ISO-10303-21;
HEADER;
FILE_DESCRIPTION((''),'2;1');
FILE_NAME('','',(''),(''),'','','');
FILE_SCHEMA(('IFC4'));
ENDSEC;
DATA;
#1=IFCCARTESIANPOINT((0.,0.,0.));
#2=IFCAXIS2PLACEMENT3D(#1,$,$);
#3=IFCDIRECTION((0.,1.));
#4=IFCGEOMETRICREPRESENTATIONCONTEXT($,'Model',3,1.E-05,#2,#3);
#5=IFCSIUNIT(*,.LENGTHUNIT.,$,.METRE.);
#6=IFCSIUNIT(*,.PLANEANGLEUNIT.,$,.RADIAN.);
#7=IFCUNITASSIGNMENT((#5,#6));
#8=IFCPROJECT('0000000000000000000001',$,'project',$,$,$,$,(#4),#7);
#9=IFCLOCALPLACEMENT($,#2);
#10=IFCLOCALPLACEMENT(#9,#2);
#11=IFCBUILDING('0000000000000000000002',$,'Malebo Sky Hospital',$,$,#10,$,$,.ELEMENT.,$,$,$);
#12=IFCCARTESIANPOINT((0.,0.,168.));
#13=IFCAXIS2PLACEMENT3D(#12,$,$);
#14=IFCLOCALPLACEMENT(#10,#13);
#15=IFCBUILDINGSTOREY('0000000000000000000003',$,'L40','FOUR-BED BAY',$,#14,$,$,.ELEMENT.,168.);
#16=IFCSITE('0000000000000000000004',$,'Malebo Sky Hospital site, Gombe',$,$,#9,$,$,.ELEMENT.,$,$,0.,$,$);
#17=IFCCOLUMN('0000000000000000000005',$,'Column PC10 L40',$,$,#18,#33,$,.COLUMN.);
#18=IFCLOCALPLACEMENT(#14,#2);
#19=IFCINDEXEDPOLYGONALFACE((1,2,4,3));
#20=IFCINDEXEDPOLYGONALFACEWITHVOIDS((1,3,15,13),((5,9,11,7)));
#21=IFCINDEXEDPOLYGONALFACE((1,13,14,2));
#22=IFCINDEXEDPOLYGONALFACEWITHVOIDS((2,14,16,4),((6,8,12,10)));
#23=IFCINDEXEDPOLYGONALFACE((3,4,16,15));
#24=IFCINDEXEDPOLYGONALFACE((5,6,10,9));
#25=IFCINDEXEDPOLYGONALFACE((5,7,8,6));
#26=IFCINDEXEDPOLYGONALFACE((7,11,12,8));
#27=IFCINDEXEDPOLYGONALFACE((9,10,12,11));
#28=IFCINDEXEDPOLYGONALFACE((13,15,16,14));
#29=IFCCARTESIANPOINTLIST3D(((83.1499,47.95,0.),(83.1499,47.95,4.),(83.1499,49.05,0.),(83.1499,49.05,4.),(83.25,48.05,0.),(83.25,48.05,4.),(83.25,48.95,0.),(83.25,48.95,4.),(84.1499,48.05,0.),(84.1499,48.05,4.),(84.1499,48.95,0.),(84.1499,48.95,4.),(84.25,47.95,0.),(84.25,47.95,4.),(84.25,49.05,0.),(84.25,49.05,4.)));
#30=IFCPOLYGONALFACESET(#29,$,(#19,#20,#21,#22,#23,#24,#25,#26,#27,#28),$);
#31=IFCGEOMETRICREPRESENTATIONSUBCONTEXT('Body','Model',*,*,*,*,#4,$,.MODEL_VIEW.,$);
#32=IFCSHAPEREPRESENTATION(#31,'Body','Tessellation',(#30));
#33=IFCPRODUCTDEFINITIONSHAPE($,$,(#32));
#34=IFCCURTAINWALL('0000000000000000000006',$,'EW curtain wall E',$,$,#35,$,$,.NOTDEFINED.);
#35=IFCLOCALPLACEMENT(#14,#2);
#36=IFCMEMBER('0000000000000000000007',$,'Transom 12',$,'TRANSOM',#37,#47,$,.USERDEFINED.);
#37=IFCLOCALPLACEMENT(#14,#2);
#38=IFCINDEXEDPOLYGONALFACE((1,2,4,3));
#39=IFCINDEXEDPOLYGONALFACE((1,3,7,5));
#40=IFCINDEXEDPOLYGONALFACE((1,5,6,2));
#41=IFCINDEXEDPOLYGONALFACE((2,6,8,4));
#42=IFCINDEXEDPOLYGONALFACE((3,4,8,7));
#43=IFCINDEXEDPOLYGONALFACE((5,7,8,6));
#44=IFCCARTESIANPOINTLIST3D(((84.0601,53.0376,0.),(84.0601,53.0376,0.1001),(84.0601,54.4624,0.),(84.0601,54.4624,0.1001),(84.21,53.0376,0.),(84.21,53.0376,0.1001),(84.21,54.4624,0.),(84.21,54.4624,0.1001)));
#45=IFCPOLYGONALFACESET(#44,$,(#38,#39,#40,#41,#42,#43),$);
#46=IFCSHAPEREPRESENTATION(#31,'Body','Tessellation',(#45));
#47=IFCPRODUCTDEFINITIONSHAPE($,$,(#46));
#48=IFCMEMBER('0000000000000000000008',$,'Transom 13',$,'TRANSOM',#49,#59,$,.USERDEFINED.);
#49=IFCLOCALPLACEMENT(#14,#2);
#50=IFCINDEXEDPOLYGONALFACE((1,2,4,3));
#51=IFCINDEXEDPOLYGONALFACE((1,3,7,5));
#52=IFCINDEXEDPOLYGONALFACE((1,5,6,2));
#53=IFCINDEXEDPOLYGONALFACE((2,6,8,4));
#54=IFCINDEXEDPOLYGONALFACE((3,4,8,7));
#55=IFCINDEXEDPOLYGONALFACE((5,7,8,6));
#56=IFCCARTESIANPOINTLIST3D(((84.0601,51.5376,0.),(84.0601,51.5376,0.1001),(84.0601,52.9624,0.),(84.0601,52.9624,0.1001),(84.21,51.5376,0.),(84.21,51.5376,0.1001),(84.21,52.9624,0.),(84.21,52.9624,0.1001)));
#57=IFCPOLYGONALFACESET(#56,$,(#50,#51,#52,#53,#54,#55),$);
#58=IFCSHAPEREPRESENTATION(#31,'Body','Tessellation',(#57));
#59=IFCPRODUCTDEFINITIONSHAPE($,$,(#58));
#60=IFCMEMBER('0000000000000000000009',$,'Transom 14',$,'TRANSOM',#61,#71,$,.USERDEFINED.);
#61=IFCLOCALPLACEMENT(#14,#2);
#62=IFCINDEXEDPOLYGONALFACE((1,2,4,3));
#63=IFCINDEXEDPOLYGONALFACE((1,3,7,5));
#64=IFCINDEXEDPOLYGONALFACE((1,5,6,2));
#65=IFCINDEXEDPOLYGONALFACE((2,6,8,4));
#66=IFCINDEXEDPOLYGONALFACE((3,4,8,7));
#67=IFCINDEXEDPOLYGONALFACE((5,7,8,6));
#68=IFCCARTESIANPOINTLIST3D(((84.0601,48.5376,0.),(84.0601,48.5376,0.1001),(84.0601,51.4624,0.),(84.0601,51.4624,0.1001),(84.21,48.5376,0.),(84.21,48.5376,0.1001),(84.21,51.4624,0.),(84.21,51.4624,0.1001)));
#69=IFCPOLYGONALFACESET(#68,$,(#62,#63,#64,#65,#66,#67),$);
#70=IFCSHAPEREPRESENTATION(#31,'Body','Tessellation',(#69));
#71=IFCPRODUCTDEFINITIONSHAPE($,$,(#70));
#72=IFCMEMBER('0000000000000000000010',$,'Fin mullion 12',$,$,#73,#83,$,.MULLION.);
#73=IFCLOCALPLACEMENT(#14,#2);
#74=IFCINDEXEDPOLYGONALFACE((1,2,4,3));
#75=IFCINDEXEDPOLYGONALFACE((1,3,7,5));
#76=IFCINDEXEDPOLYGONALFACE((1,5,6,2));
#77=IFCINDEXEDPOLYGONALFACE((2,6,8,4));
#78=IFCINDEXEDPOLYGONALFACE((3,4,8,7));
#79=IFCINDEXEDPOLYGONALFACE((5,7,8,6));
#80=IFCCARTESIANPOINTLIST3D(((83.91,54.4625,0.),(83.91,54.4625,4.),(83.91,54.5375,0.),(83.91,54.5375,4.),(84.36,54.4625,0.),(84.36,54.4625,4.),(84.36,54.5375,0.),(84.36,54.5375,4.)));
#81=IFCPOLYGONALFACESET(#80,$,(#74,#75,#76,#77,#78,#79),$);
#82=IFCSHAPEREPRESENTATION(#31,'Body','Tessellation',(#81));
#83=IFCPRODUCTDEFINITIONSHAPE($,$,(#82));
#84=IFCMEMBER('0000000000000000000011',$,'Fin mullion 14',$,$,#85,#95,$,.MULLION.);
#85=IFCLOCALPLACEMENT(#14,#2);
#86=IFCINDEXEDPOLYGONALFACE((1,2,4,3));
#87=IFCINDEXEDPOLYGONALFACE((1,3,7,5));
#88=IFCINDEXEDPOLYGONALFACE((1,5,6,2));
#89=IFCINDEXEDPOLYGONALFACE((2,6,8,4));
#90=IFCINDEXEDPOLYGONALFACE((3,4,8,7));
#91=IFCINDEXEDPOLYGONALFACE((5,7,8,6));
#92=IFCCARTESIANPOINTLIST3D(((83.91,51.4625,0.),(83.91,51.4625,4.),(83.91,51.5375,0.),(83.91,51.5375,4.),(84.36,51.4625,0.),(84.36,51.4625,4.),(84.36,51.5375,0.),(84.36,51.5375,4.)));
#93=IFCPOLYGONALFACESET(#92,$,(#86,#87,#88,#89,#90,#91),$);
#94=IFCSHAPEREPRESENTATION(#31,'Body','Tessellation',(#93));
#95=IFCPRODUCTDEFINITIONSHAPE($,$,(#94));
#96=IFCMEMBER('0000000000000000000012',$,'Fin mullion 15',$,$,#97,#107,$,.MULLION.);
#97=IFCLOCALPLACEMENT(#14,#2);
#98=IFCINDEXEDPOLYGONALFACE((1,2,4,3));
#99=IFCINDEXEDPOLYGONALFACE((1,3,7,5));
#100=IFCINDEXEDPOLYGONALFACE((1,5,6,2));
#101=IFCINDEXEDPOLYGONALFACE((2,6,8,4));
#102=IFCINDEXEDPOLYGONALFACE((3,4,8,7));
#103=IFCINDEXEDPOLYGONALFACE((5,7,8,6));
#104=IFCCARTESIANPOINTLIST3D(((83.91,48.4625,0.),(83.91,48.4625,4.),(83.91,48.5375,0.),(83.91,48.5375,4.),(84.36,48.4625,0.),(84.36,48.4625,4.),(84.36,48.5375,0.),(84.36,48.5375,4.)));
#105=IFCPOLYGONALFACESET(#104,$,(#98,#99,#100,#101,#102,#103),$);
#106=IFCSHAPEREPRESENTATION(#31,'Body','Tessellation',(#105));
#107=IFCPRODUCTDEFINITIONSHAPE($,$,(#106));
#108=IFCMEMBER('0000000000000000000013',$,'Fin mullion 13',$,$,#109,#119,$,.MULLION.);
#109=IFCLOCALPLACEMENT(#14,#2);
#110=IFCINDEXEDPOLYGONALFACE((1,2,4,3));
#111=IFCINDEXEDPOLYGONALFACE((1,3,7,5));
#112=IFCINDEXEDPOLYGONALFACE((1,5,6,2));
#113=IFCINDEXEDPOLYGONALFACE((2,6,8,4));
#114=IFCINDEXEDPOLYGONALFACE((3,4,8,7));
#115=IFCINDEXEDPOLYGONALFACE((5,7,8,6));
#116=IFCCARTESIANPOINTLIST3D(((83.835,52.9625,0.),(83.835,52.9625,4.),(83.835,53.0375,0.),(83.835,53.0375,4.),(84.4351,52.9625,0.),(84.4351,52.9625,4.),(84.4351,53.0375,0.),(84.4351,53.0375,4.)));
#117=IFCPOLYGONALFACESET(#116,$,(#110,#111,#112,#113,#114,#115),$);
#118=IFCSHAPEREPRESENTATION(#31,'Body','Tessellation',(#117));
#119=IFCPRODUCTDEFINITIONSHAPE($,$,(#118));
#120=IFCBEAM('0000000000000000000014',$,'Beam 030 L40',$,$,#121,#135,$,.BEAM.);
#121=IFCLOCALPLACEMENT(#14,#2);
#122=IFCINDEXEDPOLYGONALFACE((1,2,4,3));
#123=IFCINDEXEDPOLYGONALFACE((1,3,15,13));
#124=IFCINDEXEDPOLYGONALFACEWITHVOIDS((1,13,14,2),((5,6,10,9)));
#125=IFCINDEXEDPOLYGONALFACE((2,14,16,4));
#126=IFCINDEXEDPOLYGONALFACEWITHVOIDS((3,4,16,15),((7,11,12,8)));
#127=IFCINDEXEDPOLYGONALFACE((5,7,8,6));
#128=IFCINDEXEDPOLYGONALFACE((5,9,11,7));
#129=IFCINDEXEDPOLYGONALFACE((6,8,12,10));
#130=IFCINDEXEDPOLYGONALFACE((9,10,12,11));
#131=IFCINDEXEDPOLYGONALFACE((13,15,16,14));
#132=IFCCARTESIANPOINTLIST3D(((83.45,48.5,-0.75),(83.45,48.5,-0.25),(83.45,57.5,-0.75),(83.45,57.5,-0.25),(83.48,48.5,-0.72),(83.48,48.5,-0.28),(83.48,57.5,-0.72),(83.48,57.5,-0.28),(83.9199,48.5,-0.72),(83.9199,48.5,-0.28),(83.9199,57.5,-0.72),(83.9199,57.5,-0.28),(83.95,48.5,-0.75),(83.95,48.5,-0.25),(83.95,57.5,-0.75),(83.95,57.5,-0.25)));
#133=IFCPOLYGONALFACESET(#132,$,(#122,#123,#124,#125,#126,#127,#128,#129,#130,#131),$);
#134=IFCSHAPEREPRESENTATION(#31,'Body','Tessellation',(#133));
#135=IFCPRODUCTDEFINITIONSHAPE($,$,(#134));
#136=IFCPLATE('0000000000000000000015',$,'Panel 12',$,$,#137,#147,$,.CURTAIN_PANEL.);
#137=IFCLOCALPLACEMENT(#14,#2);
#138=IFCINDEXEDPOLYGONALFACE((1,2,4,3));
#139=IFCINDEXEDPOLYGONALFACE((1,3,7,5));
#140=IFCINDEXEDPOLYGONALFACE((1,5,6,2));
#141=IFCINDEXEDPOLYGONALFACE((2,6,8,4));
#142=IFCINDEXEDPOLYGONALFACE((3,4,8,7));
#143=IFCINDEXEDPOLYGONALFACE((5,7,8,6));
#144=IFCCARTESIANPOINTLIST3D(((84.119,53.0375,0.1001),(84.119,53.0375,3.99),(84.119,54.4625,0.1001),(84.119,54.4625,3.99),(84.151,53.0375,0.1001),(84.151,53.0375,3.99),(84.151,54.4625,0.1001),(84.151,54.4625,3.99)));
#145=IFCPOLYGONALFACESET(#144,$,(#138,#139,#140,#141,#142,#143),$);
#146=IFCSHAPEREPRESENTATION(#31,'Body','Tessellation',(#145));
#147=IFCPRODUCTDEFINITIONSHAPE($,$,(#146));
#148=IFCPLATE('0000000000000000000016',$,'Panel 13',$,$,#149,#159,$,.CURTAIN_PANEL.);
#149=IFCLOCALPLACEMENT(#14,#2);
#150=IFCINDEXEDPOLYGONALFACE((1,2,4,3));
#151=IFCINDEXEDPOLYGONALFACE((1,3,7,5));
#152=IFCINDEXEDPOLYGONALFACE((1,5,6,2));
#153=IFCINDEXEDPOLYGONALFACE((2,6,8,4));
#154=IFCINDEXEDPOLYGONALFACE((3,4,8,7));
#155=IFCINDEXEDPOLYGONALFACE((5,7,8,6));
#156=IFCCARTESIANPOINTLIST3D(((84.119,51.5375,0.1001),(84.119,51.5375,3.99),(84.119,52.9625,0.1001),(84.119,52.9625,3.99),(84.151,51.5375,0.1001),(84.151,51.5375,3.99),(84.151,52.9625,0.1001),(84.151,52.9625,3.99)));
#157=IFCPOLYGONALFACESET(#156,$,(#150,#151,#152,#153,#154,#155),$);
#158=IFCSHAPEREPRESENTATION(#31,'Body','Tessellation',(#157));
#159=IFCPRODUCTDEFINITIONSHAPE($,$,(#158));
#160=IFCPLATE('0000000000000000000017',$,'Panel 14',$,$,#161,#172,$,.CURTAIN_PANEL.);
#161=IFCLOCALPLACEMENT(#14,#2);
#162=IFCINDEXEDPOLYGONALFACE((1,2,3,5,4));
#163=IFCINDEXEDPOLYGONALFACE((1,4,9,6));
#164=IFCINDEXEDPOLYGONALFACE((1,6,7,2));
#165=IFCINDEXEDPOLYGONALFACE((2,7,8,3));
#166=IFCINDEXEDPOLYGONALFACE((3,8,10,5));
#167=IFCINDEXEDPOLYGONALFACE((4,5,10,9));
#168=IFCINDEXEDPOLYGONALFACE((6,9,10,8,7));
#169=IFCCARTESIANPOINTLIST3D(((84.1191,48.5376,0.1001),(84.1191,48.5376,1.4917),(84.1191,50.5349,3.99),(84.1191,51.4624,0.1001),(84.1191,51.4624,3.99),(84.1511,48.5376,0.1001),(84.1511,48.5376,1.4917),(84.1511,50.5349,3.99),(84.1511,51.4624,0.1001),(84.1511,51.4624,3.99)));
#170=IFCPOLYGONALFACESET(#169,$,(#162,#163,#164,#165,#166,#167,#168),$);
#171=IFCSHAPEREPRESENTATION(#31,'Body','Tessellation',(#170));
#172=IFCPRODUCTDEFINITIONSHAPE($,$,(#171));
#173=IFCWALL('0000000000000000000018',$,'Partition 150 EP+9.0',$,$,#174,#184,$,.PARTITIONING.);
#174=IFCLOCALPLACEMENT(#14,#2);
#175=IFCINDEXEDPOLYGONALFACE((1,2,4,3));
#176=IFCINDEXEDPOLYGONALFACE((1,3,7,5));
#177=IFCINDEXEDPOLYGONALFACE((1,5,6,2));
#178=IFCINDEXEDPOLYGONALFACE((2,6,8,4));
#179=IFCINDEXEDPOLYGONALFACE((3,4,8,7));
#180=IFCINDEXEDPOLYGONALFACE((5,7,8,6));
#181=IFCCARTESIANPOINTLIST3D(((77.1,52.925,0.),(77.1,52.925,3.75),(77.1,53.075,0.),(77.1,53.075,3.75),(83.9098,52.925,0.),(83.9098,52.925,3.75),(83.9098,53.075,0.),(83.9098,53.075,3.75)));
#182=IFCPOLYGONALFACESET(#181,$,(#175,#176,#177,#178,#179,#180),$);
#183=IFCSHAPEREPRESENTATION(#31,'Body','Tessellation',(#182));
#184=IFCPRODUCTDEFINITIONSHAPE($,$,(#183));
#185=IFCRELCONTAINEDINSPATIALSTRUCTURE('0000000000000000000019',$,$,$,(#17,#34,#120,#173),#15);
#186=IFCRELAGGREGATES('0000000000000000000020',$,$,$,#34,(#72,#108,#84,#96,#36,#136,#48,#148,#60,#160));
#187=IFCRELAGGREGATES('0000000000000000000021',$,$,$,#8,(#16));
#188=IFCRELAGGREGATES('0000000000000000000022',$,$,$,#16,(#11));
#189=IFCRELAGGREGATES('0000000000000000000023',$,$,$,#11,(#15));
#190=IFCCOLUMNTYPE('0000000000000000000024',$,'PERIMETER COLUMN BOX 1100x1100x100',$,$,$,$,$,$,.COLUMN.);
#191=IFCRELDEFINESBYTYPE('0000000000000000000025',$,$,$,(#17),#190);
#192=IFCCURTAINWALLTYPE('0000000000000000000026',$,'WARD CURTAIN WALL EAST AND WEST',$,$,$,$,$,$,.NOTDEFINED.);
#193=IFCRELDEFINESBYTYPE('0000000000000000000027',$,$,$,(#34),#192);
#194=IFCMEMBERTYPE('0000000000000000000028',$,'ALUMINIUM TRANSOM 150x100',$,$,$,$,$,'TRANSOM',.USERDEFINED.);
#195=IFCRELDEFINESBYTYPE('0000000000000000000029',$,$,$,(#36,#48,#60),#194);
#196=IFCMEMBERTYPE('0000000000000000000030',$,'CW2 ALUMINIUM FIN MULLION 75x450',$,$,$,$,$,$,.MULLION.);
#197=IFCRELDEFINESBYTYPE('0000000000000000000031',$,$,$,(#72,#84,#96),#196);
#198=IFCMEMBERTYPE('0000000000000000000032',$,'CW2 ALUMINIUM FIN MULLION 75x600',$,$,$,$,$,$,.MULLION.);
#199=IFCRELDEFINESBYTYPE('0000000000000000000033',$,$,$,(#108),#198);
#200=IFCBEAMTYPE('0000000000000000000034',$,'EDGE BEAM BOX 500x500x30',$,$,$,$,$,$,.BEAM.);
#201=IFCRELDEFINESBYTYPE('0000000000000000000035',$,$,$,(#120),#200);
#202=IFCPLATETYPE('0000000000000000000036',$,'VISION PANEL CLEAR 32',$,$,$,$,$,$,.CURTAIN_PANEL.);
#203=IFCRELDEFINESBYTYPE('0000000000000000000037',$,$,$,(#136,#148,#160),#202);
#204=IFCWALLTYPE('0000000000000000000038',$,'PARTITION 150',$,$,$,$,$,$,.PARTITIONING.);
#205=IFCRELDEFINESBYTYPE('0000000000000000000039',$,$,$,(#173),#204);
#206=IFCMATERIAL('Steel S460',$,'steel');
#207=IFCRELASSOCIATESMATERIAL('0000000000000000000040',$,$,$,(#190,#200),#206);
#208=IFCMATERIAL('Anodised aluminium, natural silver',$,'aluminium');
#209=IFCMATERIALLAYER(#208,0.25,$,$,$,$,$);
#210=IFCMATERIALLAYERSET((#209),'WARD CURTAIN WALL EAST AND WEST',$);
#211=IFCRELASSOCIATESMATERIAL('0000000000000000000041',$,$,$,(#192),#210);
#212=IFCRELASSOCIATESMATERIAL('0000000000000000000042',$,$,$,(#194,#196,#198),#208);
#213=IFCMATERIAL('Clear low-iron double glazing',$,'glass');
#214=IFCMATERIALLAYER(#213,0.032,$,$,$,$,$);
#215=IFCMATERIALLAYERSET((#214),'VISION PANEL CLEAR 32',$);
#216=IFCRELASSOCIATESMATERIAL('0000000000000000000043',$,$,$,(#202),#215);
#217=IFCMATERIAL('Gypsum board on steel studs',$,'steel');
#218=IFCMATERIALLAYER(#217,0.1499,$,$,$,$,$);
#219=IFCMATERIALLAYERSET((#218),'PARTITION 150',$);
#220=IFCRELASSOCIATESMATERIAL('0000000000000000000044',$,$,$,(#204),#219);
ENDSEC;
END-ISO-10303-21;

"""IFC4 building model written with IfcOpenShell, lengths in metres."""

from ifc_helpers import new_model, si_unit, direction, frame, frame_2d, origin, origin_2d, place, context, subcontext, project, spatial, polyline, rectangle, hollow_rectangle, outline, extrude, material, layer, layer_set, material_profile, profile_set, type_object, element, aggregate, save


model = new_model("IFC4")

# Units and contexts
model_context = context("Model", 3, precision=1e-05, world=origin(), true_north=direction((0.0, 1.0)))
body_context = subcontext(model_context, "Body", "Model", "MODEL_VIEW")
ifc_project = project(units=[si_unit("LENGTHUNIT", "METRE"), si_unit("PLANEANGLEUNIT", "RADIAN")], contexts=[model_context])

# Site, building, storey
site_placement = place(None, origin())
site = spatial("IfcSite", under=ifc_project, at=site_placement, Name="Malebo Sky Hospital site, Gombe", CompositionType="ELEMENT", RefElevation=0.0)
building_placement = place(site_placement, origin())
building = spatial("IfcBuilding", under=site, at=building_placement, Name="Malebo Sky Hospital", CompositionType="ELEMENT")
storey_placement = place(building_placement, frame((0.0, 0.0, 168.0)))
storey = spatial("IfcBuildingStorey", under=building, at=storey_placement, Name="L40", Description="FOUR-BED BAY", CompositionType="ELEMENT", Elevation=168.0)

# Column
ifc_material_1 = material(Name="Steel S460", Category="steel")
ifc_material_profile_1 = material_profile(ifc_material_1, hollow_rectangle(XDim=1.1001, YDim=1.1001, WallThickness=0.1001, at=origin_2d()), Name="BOX 1100x1100x100")
ifc_profile_set_1 = profile_set([ifc_material_profile_1], Name="Steel S460")
column_type = type_object("IfcColumnType", Name="PERIMETER COLUMN BOX 1100x1100x100", PredefinedType="COLUMN", material=ifc_profile_set_1)
column_placement = place(storey_placement, frame((83.7, 48.5, 0.0), z_axis=(0.0, 0.0, 1.0), x_axis=(1.0, 0.0, 0.0)))
element("IfcColumn", 1, at=column_placement, inside=storey, type_object=column_type, Name="Column PC10 L40", PredefinedType="COLUMN", context=body_context, shape_type="SweptSolid", body=[
    extrude(hollow_rectangle(XDim=1.1001, YDim=1.1001, WallThickness=0.1001, at=origin_2d()), origin(), (0.0, 0.0, 1.0), 4.0),
])

# Curtain wall, members
ifc_material_2 = material(Name="Anodised aluminium, natural silver", Category="aluminium")
ifc_layer_1 = layer(ifc_material_2, 0.25)
ifc_layer_set_1 = layer_set([ifc_layer_1], Name="WARD CURTAIN WALL EAST AND WEST")
curtain_wall_type = type_object("IfcCurtainWallType", Name="WARD CURTAIN WALL EAST AND WEST", PredefinedType="NOTDEFINED", material=ifc_layer_set_1)
curtain_wall_placement = place(storey_placement, origin())
curtain_wall = element("IfcCurtainWall", 2, at=curtain_wall_placement, inside=storey, type_object=curtain_wall_type, Name="EW curtain wall E", PredefinedType="NOTDEFINED")
ifc_material_profile_2 = material_profile(ifc_material_2, rectangle(XDim=0.1499, YDim=0.1001, at=origin_2d()), Name="ALUMINIUM TRANSOM 150x100")
ifc_profile_set_2 = profile_set([ifc_material_profile_2], Name="Anodised aluminium, natural silver")
member_type_1 = type_object("IfcMemberType", Name="ALUMINIUM TRANSOM 150x100", ElementType="TRANSOM", PredefinedType="USERDEFINED", material=ifc_profile_set_2)
member_1_placement = place(storey_placement, frame((84.135, 54.4624, 0.05), z_axis=(0.0, -1.0, 0.0), x_axis=(1.0, 0.0, 0.0)))
member_1 = element("IfcMember", 3, at=member_1_placement, type_object=member_type_1, Name="Transom 12", ObjectType="TRANSOM", PredefinedType="USERDEFINED", context=body_context, shape_type="SweptSolid", body=[
    extrude(rectangle(XDim=0.1499, YDim=0.1001, at=origin_2d()), origin(), (0.0, 0.0, 1.0), 1.4248),
])
member_2_placement = place(storey_placement, frame((84.135, 52.9624, 0.05), z_axis=(0.0, -1.0, 0.0), x_axis=(1.0, 0.0, 0.0)))
member_2 = element("IfcMember", 4, at=member_2_placement, type_object=member_type_1, Name="Transom 13", ObjectType="TRANSOM", PredefinedType="USERDEFINED", context=body_context, shape_type="SweptSolid", body=[
    extrude(rectangle(XDim=0.1499, YDim=0.1001, at=origin_2d()), origin(), (0.0, 0.0, 1.0), 1.4248),
])
member_3_placement = place(storey_placement, frame((84.135, 51.4624, 0.05), z_axis=(0.0, -1.0, 0.0), x_axis=(1.0, 0.0, 0.0)))
member_3 = element("IfcMember", 5, at=member_3_placement, type_object=member_type_1, Name="Transom 14", ObjectType="TRANSOM", PredefinedType="USERDEFINED", context=body_context, shape_type="SweptSolid", body=[
    extrude(rectangle(XDim=0.1499, YDim=0.1001, at=origin_2d()), origin(), (0.0, 0.0, 1.0), 2.9248),
])
ifc_material_profile_3 = material_profile(ifc_material_2, rectangle(XDim=0.075, YDim=0.45, at=origin_2d()), Name="CW2 ALUMINIUM FIN MULLION 75x450")
ifc_profile_set_3 = profile_set([ifc_material_profile_3], Name="Anodised aluminium, natural silver")
member_type_2 = type_object("IfcMemberType", Name="CW2 ALUMINIUM FIN MULLION 75x450", PredefinedType="MULLION", material=ifc_profile_set_3)
member_4_placement = place(storey_placement, frame((84.135, 54.5, 0.0), z_axis=(0.0, 0.0, 1.0), x_axis=(0.0, -1.0, 0.0)))
member_4 = element("IfcMember", 6, at=member_4_placement, type_object=member_type_2, Name="Fin mullion 12", PredefinedType="MULLION", context=body_context, shape_type="SweptSolid", body=[
    extrude(rectangle(XDim=0.075, YDim=0.45, at=origin_2d()), origin(), (0.0, 0.0, 1.0), 4.0),
])
member_5_placement = place(storey_placement, frame((84.135, 51.5, 0.0), z_axis=(0.0, 0.0, 1.0), x_axis=(0.0, -1.0, 0.0)))
member_5 = element("IfcMember", 7, at=member_5_placement, type_object=member_type_2, Name="Fin mullion 14", PredefinedType="MULLION", context=body_context, shape_type="SweptSolid", body=[
    extrude(rectangle(XDim=0.075, YDim=0.45, at=origin_2d()), origin(), (0.0, 0.0, 1.0), 4.0),
])
member_6_placement = place(storey_placement, frame((84.135, 48.5, 0.0), z_axis=(0.0, 0.0, 1.0), x_axis=(0.0, -1.0, 0.0)))
member_6 = element("IfcMember", 8, at=member_6_placement, type_object=member_type_2, Name="Fin mullion 15", PredefinedType="MULLION", context=body_context, shape_type="SweptSolid", body=[
    extrude(rectangle(XDim=0.075, YDim=0.45, at=origin_2d()), origin(), (0.0, 0.0, 1.0), 4.0),
])
ifc_material_profile_4 = material_profile(ifc_material_2, rectangle(XDim=0.075, YDim=0.6001, at=origin_2d()), Name="CW2 ALUMINIUM FIN MULLION 75x600")
ifc_profile_set_4 = profile_set([ifc_material_profile_4], Name="Anodised aluminium, natural silver")
member_type_3 = type_object("IfcMemberType", Name="CW2 ALUMINIUM FIN MULLION 75x600", PredefinedType="MULLION", material=ifc_profile_set_4)
member_7_placement = place(storey_placement, frame((84.135, 53.0, 0.0), z_axis=(0.0, 0.0, 1.0), x_axis=(0.0, -1.0, 0.0)))
member_7 = element("IfcMember", 9, at=member_7_placement, type_object=member_type_3, Name="Fin mullion 13", PredefinedType="MULLION", context=body_context, shape_type="SweptSolid", body=[
    extrude(rectangle(XDim=0.075, YDim=0.6001, at=origin_2d()), origin(), (0.0, 0.0, 1.0), 4.0),
])

# Beam
ifc_material_profile_5 = material_profile(ifc_material_1, hollow_rectangle(XDim=0.5, YDim=0.5, WallThickness=0.03, at=origin_2d()), Name="BOX 500x500x30")
ifc_profile_set_5 = profile_set([ifc_material_profile_5], Name="Steel S460")
beam_type = type_object("IfcBeamType", Name="EDGE BEAM BOX 500x500x30", PredefinedType="BEAM", material=ifc_profile_set_5)
beam_placement = place(storey_placement, frame((83.7, 48.5, -0.5), z_axis=(0.0, 1.0, 0.0), x_axis=(-1.0, 0.0, 0.0)))
element("IfcBeam", 10, at=beam_placement, inside=storey, type_object=beam_type, Name="Beam 030 L40", PredefinedType="BEAM", context=body_context, shape_type="SweptSolid", body=[
    extrude(hollow_rectangle(XDim=0.5, YDim=0.5, WallThickness=0.03, at=origin_2d()), origin(), (0.0, 0.0, 1.0), 9.0),
])

# Plates
ifc_material_3 = material(Name="Clear low-iron double glazing", Category="glass")
ifc_layer_2 = layer(ifc_material_3, 0.032)
ifc_layer_set_2 = layer_set([ifc_layer_2], Name="VISION PANEL CLEAR 32")
plate_type = type_object("IfcPlateType", Name="VISION PANEL CLEAR 32", PredefinedType="CURTAIN_PANEL", material=ifc_layer_set_2)
plate_1_placement = place(storey_placement, frame((84.135, 53.75, 0.1001), z_axis=(0.0, 0.0, 1.0), x_axis=(0.0, -1.0, 0.0)))
plate_1 = element("IfcPlate", 11, at=plate_1_placement, type_object=plate_type, Name="Panel 12", PredefinedType="CURTAIN_PANEL", context=body_context, shape_type="SweptSolid", body=[
    extrude(rectangle(XDim=1.425, YDim=0.032, at=origin_2d()), origin(), (0.0, 0.0, 1.0), 3.8899),
])
plate_2_placement = place(storey_placement, frame((84.135, 52.25, 0.1001), z_axis=(0.0, 0.0, 1.0), x_axis=(0.0, -1.0, 0.0)))
plate_2 = element("IfcPlate", 12, at=plate_2_placement, type_object=plate_type, Name="Panel 13", PredefinedType="CURTAIN_PANEL", context=body_context, shape_type="SweptSolid", body=[
    extrude(rectangle(XDim=1.425, YDim=0.032, at=origin_2d()), origin(), (0.0, 0.0, 1.0), 3.8899),
])
plate_3_placement = place(storey_placement, frame((84.135, 50.0, 0.1001), z_axis=(0.0, 0.0, 1.0), x_axis=(0.0, -1.0, 0.0)))
plate_3 = element("IfcPlate", 13, at=plate_3_placement, type_object=plate_type, Name="Panel 14", PredefinedType="CURTAIN_PANEL", context=body_context, shape_type="SweptSolid", body=[
    extrude(outline(polyline([(-1.4624, 0.0), (1.4624, 0.0), (1.4624, 1.3916), (-0.5349, 3.8899), (-1.4624, 3.8899), (-1.4624, 0.0)])), frame((0.0, 0.0161, 0.0), z_axis=(0.0, -1.0, 0.0), x_axis=(1.0, 0.0, 0.0)), (0.0, 0.0, 1.0), 0.032),
])
aggregate(curtain_wall, [member_4, member_7, member_5, member_6, member_1, plate_1, member_2, plate_2, member_3, plate_3])

# Wall
ifc_material_4 = material(Name="Gypsum board on steel studs", Category="steel")
ifc_layer_3 = layer(ifc_material_4, 0.1499)
ifc_layer_set_3 = layer_set([ifc_layer_3], Name="PARTITION 150")
wall_type = type_object("IfcWallType", Name="PARTITION 150", PredefinedType="PARTITIONING", material=ifc_layer_set_3)
wall_1_placement = place(storey_placement, frame((77.1001, 53.0, 0.0), z_axis=(0.0, 0.0, 1.0), x_axis=(1.0, 0.0, 0.0)))
element("IfcWall", 14, at=wall_1_placement, inside=storey, type_object=wall_type, Name="Partition 150 EP+9.0", PredefinedType="PARTITIONING", context=body_context, shape_type="SweptSolid", body=[
    extrude(rectangle(XDim=6.8098, YDim=0.1499, at=frame_2d((3.4048, 0.0))), origin(), (0.0, 0.0, 1.0), 3.75),
])

save(model, "model.ifc")
